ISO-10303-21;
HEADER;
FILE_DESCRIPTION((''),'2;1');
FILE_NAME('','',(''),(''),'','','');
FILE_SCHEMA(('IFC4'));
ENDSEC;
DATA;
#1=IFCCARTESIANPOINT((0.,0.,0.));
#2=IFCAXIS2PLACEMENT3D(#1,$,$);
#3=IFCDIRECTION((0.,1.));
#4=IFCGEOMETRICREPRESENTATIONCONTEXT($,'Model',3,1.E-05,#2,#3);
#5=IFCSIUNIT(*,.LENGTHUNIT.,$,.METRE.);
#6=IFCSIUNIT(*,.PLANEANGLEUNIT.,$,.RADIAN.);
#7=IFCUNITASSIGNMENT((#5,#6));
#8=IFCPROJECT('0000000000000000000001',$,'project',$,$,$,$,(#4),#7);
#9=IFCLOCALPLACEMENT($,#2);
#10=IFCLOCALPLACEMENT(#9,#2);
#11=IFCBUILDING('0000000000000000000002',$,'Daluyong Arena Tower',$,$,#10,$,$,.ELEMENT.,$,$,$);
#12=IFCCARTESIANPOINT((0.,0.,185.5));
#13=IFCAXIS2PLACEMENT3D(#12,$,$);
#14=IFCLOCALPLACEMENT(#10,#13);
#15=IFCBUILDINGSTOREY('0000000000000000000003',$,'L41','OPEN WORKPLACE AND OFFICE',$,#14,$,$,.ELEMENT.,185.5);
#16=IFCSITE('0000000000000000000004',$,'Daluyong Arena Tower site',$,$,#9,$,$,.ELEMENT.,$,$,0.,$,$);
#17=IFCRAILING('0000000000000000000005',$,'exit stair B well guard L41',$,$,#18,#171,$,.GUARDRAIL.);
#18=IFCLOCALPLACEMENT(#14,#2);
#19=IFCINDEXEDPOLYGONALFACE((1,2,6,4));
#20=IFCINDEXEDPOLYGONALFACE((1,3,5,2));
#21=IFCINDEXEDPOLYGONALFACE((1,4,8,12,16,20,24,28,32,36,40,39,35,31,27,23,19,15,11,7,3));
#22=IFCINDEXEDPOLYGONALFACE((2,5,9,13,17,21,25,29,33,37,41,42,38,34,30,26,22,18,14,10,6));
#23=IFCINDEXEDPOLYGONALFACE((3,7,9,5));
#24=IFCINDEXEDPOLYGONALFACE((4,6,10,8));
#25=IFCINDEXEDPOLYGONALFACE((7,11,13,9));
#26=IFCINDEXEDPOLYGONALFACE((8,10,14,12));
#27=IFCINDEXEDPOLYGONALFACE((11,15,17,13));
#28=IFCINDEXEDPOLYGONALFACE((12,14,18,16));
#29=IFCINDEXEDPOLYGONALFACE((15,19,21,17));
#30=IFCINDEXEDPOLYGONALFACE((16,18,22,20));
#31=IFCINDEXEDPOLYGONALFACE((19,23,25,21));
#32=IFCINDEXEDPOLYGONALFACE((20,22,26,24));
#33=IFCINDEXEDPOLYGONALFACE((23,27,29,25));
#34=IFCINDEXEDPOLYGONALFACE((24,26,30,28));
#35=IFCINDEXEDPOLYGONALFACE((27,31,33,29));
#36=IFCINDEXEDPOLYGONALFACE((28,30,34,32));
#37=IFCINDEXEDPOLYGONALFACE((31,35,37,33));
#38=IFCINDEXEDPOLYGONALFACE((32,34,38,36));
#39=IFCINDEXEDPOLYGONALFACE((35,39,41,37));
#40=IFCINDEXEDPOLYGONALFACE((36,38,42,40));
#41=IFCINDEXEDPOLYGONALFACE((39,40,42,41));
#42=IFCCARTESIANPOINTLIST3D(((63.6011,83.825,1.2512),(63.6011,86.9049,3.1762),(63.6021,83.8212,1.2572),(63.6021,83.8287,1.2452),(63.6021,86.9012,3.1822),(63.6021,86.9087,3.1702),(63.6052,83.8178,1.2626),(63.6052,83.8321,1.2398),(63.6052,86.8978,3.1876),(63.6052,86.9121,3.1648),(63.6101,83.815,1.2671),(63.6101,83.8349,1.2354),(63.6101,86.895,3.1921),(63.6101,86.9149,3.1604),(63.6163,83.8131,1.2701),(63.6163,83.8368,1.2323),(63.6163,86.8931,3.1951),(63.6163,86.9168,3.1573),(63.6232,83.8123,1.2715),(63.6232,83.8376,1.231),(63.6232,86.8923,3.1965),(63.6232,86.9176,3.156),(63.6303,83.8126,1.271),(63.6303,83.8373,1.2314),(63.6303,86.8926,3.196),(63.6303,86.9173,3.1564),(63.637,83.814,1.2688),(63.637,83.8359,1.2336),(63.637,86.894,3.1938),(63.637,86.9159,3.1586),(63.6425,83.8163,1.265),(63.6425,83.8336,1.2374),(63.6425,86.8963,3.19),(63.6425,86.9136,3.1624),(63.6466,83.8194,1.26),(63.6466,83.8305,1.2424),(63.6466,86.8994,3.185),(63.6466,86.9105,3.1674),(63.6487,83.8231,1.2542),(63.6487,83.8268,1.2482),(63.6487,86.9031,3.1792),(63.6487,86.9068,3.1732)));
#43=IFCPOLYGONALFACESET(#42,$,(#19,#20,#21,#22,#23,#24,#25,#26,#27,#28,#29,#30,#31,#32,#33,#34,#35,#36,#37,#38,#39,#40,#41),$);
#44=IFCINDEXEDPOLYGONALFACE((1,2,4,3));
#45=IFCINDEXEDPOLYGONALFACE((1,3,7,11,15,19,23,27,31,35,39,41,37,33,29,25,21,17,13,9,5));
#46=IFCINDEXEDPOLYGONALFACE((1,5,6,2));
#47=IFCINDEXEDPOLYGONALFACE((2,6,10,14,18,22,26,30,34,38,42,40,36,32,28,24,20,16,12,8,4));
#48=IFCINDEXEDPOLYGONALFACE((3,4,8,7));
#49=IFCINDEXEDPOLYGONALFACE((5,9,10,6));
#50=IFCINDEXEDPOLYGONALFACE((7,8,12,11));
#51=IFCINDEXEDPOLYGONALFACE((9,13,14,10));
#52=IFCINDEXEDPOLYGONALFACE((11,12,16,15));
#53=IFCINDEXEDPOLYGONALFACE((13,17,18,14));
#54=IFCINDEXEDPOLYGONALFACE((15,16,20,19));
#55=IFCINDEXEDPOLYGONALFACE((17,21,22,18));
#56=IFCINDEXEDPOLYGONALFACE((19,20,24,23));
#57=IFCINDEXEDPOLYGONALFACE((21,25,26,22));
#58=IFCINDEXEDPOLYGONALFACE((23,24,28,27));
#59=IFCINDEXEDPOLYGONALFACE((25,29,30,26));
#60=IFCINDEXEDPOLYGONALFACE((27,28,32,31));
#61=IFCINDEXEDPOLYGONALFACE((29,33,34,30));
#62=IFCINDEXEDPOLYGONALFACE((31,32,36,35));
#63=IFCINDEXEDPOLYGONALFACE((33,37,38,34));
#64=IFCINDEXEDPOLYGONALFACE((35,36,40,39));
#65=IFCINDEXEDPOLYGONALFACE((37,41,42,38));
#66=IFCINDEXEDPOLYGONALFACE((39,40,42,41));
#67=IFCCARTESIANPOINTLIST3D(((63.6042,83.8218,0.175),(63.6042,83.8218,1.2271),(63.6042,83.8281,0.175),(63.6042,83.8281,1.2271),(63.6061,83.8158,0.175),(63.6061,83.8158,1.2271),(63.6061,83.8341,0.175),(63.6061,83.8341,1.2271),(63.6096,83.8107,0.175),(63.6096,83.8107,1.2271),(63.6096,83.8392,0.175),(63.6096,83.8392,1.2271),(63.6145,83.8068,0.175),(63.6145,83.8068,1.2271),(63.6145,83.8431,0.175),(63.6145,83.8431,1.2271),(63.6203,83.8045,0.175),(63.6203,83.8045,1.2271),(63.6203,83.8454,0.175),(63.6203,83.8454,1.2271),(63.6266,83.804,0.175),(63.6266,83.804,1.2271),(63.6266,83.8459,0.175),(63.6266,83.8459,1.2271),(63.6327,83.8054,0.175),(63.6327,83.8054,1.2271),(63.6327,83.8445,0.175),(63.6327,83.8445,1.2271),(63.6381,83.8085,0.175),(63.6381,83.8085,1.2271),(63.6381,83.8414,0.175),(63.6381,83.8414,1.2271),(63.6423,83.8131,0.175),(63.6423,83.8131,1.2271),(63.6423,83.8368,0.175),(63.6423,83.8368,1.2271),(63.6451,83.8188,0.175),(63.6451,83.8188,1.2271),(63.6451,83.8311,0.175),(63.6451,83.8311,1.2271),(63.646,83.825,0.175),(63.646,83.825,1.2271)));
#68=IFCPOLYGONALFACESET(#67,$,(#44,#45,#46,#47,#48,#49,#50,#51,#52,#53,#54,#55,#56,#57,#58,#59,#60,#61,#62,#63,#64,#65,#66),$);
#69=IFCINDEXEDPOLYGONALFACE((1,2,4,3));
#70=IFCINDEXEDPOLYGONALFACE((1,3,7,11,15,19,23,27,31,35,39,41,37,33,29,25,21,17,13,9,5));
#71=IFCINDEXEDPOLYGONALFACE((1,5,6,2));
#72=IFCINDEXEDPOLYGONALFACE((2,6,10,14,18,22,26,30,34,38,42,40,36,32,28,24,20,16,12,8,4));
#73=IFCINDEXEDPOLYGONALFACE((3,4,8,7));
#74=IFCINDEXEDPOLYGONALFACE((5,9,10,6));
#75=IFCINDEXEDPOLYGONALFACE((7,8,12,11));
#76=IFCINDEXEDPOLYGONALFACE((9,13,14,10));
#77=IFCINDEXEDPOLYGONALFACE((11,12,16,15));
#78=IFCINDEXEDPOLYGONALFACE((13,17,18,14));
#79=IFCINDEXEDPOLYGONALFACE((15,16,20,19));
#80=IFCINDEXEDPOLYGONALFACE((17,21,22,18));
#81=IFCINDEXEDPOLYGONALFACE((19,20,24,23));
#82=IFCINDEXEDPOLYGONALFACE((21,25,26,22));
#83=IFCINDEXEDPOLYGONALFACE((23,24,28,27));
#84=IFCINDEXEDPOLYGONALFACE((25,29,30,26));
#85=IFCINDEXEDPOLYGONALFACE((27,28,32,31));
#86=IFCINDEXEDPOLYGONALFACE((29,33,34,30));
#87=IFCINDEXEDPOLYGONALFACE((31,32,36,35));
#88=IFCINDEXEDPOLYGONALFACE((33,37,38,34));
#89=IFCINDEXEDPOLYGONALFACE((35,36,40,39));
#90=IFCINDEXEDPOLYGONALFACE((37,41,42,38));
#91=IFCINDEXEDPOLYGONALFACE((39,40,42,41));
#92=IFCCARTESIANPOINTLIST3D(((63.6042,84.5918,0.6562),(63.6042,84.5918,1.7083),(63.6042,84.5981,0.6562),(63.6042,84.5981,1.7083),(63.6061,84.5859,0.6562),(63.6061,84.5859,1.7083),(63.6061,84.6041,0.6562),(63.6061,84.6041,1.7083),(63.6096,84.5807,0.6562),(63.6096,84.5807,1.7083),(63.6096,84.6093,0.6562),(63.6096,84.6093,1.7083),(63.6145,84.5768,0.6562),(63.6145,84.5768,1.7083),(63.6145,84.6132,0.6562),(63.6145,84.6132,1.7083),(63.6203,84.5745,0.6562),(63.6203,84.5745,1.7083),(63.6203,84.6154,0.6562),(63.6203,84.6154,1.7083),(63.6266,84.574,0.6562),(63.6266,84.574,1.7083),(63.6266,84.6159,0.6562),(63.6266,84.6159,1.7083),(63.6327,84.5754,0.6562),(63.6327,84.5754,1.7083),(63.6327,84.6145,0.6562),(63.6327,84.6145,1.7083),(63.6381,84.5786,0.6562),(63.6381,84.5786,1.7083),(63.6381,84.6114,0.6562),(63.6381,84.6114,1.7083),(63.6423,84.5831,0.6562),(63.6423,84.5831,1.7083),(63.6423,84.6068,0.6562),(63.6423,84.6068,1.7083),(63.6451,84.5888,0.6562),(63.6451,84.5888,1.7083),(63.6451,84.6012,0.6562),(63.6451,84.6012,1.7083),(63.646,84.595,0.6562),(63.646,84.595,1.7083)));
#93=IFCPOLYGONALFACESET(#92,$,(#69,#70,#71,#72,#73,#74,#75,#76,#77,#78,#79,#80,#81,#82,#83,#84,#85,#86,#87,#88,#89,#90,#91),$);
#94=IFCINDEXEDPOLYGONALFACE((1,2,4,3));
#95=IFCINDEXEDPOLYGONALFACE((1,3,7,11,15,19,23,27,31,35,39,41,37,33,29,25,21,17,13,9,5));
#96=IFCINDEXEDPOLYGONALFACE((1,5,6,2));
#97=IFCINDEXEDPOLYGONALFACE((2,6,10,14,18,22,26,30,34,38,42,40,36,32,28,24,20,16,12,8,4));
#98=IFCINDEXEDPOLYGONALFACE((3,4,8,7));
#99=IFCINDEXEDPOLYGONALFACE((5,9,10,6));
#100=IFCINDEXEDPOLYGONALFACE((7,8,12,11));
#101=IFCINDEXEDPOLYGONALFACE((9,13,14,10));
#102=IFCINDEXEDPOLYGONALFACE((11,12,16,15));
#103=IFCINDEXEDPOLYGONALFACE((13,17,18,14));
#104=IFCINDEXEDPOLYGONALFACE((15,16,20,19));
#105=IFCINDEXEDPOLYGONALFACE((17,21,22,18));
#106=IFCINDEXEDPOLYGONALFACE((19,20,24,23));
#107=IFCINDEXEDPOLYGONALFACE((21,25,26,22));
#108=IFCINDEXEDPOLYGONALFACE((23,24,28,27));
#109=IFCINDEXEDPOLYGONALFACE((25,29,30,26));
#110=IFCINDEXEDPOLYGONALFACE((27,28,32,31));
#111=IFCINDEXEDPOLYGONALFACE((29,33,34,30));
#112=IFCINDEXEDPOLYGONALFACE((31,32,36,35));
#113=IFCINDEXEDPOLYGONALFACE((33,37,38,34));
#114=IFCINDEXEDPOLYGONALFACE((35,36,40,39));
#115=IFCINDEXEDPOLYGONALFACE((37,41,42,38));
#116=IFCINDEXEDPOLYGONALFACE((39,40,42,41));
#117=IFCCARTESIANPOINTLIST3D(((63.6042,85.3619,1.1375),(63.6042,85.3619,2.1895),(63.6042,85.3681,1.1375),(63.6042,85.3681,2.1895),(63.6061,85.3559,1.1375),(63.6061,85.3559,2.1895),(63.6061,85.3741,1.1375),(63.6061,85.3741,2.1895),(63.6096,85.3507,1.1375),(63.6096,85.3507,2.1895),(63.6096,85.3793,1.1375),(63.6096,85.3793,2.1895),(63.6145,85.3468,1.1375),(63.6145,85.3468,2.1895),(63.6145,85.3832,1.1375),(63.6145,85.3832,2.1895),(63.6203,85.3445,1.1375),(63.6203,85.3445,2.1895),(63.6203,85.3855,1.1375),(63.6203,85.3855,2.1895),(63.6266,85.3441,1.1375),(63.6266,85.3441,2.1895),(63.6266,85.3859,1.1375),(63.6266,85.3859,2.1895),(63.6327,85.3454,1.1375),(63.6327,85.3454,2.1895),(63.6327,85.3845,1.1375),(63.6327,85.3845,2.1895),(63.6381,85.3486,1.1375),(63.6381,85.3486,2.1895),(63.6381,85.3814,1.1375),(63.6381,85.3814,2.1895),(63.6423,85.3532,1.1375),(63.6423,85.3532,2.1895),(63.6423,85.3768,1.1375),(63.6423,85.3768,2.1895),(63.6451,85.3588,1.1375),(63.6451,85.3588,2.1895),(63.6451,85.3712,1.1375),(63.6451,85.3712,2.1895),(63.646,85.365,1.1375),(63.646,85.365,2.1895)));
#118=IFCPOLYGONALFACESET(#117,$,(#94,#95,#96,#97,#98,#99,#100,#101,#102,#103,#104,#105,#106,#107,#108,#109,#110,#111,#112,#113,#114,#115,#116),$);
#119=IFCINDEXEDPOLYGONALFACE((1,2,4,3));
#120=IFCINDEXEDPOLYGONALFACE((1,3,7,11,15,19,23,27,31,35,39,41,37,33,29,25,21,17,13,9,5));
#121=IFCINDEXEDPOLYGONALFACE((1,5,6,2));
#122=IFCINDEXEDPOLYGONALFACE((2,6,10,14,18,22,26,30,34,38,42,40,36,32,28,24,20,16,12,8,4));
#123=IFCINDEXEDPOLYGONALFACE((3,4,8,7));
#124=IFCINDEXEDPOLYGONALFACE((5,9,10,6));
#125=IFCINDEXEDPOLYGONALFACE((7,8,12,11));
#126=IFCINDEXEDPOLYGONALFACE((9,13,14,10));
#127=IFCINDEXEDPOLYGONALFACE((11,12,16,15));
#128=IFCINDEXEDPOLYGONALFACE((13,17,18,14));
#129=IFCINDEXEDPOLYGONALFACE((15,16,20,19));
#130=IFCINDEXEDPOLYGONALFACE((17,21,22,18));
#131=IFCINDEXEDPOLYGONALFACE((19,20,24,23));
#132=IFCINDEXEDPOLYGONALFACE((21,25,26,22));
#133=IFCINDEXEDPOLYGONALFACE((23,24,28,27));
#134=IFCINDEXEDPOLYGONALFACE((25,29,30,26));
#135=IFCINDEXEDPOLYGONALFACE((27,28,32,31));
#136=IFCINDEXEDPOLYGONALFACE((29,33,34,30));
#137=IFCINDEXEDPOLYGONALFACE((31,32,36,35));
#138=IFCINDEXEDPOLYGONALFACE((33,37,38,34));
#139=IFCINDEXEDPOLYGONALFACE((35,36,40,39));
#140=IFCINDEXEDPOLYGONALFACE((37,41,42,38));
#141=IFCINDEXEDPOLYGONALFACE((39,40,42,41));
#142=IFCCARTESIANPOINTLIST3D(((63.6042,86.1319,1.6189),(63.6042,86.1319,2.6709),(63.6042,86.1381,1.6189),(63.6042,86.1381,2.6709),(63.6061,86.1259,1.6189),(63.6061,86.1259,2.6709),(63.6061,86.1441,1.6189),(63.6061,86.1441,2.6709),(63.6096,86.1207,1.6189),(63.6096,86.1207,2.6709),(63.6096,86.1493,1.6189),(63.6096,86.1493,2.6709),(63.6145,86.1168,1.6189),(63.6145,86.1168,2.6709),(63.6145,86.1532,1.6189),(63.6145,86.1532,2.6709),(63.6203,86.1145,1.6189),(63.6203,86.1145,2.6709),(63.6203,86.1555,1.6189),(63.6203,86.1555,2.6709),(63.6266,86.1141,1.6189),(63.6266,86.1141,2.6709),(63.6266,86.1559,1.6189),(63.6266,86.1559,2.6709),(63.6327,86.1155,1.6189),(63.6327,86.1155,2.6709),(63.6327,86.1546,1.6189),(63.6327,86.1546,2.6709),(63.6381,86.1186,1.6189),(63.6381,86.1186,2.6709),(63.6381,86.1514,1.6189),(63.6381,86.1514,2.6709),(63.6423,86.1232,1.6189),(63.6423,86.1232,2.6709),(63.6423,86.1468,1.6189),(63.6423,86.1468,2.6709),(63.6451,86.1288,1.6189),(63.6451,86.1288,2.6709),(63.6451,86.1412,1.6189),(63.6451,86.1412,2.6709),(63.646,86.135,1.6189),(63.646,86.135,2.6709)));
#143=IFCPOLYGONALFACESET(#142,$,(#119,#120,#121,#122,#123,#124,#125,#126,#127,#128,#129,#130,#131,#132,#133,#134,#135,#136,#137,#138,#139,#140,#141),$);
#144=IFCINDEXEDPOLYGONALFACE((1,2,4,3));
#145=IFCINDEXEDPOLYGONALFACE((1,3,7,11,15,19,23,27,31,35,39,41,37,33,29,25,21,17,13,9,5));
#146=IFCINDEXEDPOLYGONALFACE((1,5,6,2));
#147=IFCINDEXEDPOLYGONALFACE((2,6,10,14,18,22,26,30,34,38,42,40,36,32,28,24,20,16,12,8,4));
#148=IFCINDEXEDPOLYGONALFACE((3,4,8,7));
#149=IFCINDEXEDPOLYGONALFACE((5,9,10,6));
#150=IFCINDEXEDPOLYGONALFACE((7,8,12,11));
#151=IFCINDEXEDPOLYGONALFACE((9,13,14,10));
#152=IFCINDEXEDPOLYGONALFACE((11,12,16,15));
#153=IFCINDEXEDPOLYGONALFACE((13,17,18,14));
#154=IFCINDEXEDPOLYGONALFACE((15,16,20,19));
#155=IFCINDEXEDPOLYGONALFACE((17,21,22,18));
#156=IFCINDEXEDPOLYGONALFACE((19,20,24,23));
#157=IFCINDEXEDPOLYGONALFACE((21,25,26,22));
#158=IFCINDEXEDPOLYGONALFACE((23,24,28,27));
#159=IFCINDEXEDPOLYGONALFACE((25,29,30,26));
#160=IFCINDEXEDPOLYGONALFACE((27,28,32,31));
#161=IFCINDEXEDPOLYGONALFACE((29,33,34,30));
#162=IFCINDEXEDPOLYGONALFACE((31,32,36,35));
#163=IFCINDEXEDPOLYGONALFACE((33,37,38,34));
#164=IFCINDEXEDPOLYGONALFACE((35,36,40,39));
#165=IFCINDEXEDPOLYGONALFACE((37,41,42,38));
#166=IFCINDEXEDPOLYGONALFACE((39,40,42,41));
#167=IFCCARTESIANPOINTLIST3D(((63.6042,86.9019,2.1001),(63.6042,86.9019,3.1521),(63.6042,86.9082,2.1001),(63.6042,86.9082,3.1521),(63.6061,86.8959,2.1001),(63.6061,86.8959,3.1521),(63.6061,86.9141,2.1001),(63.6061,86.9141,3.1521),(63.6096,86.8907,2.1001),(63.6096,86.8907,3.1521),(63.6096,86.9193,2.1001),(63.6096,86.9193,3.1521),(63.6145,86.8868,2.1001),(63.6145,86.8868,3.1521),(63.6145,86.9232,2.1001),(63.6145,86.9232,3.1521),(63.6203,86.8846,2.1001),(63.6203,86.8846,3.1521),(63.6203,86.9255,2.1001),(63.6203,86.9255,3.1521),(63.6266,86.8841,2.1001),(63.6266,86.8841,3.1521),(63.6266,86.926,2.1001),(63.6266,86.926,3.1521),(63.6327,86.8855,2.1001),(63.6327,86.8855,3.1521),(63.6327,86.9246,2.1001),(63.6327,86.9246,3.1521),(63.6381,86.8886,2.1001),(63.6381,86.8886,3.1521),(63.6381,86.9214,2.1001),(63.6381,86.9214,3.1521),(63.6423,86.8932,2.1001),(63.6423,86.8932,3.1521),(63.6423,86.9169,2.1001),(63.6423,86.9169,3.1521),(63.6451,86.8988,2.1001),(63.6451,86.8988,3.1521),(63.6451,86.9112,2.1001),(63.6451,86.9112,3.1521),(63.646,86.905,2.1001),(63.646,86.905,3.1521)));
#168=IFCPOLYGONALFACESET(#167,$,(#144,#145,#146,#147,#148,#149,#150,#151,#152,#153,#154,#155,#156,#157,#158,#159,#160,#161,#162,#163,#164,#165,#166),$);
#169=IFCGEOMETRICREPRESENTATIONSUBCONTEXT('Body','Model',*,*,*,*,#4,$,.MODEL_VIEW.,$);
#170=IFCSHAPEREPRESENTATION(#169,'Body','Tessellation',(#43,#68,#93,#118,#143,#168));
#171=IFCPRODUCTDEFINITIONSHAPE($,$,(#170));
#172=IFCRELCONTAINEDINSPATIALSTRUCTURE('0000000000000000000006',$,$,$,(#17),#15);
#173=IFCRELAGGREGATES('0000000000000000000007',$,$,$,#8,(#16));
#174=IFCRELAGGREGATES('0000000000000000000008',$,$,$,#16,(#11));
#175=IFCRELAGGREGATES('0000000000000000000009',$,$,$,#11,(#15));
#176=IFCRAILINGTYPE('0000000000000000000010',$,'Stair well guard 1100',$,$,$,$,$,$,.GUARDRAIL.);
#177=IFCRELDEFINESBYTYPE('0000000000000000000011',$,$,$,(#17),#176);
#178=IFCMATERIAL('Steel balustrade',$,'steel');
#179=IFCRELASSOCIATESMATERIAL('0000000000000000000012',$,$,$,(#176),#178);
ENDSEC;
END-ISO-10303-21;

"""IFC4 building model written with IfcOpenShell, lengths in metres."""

from ifc_helpers import new_model, si_unit, direction, frame, origin, origin_2d, place, context, subcontext, project, spatial, circle, extrude, material, type_object, element, save


model = new_model("IFC4")

# Units and contexts
model_context = context("Model", 3, precision=1e-05, world=origin(), true_north=direction((0.0, 1.0)))
body_context = subcontext(model_context, "Body", "Model", "MODEL_VIEW")
ifc_project = project(units=[si_unit("LENGTHUNIT", "METRE"), si_unit("PLANEANGLEUNIT", "RADIAN")], contexts=[model_context])

# Site, building, storey
site_placement = place(None, origin())
site = spatial("IfcSite", under=ifc_project, at=site_placement, Name="Daluyong Arena Tower site", CompositionType="ELEMENT", RefElevation=0.0)
building_placement = place(site_placement, origin())
building = spatial("IfcBuilding", under=site, at=building_placement, Name="Daluyong Arena Tower", CompositionType="ELEMENT")
storey_placement = place(building_placement, frame((0.0, 0.0, 185.5)))
storey = spatial("IfcBuildingStorey", under=building, at=storey_placement, Name="L41", Description="OPEN WORKPLACE AND OFFICE", CompositionType="ELEMENT", Elevation=185.5)

# Railing
ifc_material_1 = material(Name="Steel balustrade", Category="steel")
railing_type_1 = type_object("IfcRailingType", Name="Stair well guard 1100", PredefinedType="GUARDRAIL", material=ifc_material_1)
railing_1_placement = place(storey_placement, frame((63.625, 83.825, 0.175)))
element("IfcRailing", 1, at=railing_1_placement, inside=storey, type_object=railing_type_1, Name="exit stair B well guard L41", PredefinedType="GUARDRAIL", context=body_context, shape_type="SweptSolid", body=[
    extrude(circle(Radius=0.0239, at=origin_2d()), frame((0.0, 0.0, 1.0762), z_axis=(0.0, 0.847998, 0.529999), x_axis=(-1.0, 0.0, 0.0)), (0.0, 0.0, 1.0), 3.6321),
    extrude(circle(Radius=0.021, at=origin_2d()), origin(), (0.0, 0.0, 1.0), 1.052),
    extrude(circle(Radius=0.021, at=origin_2d()), frame((0.0, 0.77, 0.4812)), (0.0, 0.0, 1.0), 1.052),
    extrude(circle(Radius=0.021, at=origin_2d()), frame((0.0, 1.54, 0.9624)), (0.0, 0.0, 1.0), 1.052),
    extrude(circle(Radius=0.021, at=origin_2d()), frame((0.0, 2.3101, 1.4438)), (0.0, 0.0, 1.0), 1.052),
    extrude(circle(Radius=0.021, at=origin_2d()), frame((0.0, 3.0801, 1.925)), (0.0, 0.0, 1.0), 1.052),
])

save(model, "model.ifc")
